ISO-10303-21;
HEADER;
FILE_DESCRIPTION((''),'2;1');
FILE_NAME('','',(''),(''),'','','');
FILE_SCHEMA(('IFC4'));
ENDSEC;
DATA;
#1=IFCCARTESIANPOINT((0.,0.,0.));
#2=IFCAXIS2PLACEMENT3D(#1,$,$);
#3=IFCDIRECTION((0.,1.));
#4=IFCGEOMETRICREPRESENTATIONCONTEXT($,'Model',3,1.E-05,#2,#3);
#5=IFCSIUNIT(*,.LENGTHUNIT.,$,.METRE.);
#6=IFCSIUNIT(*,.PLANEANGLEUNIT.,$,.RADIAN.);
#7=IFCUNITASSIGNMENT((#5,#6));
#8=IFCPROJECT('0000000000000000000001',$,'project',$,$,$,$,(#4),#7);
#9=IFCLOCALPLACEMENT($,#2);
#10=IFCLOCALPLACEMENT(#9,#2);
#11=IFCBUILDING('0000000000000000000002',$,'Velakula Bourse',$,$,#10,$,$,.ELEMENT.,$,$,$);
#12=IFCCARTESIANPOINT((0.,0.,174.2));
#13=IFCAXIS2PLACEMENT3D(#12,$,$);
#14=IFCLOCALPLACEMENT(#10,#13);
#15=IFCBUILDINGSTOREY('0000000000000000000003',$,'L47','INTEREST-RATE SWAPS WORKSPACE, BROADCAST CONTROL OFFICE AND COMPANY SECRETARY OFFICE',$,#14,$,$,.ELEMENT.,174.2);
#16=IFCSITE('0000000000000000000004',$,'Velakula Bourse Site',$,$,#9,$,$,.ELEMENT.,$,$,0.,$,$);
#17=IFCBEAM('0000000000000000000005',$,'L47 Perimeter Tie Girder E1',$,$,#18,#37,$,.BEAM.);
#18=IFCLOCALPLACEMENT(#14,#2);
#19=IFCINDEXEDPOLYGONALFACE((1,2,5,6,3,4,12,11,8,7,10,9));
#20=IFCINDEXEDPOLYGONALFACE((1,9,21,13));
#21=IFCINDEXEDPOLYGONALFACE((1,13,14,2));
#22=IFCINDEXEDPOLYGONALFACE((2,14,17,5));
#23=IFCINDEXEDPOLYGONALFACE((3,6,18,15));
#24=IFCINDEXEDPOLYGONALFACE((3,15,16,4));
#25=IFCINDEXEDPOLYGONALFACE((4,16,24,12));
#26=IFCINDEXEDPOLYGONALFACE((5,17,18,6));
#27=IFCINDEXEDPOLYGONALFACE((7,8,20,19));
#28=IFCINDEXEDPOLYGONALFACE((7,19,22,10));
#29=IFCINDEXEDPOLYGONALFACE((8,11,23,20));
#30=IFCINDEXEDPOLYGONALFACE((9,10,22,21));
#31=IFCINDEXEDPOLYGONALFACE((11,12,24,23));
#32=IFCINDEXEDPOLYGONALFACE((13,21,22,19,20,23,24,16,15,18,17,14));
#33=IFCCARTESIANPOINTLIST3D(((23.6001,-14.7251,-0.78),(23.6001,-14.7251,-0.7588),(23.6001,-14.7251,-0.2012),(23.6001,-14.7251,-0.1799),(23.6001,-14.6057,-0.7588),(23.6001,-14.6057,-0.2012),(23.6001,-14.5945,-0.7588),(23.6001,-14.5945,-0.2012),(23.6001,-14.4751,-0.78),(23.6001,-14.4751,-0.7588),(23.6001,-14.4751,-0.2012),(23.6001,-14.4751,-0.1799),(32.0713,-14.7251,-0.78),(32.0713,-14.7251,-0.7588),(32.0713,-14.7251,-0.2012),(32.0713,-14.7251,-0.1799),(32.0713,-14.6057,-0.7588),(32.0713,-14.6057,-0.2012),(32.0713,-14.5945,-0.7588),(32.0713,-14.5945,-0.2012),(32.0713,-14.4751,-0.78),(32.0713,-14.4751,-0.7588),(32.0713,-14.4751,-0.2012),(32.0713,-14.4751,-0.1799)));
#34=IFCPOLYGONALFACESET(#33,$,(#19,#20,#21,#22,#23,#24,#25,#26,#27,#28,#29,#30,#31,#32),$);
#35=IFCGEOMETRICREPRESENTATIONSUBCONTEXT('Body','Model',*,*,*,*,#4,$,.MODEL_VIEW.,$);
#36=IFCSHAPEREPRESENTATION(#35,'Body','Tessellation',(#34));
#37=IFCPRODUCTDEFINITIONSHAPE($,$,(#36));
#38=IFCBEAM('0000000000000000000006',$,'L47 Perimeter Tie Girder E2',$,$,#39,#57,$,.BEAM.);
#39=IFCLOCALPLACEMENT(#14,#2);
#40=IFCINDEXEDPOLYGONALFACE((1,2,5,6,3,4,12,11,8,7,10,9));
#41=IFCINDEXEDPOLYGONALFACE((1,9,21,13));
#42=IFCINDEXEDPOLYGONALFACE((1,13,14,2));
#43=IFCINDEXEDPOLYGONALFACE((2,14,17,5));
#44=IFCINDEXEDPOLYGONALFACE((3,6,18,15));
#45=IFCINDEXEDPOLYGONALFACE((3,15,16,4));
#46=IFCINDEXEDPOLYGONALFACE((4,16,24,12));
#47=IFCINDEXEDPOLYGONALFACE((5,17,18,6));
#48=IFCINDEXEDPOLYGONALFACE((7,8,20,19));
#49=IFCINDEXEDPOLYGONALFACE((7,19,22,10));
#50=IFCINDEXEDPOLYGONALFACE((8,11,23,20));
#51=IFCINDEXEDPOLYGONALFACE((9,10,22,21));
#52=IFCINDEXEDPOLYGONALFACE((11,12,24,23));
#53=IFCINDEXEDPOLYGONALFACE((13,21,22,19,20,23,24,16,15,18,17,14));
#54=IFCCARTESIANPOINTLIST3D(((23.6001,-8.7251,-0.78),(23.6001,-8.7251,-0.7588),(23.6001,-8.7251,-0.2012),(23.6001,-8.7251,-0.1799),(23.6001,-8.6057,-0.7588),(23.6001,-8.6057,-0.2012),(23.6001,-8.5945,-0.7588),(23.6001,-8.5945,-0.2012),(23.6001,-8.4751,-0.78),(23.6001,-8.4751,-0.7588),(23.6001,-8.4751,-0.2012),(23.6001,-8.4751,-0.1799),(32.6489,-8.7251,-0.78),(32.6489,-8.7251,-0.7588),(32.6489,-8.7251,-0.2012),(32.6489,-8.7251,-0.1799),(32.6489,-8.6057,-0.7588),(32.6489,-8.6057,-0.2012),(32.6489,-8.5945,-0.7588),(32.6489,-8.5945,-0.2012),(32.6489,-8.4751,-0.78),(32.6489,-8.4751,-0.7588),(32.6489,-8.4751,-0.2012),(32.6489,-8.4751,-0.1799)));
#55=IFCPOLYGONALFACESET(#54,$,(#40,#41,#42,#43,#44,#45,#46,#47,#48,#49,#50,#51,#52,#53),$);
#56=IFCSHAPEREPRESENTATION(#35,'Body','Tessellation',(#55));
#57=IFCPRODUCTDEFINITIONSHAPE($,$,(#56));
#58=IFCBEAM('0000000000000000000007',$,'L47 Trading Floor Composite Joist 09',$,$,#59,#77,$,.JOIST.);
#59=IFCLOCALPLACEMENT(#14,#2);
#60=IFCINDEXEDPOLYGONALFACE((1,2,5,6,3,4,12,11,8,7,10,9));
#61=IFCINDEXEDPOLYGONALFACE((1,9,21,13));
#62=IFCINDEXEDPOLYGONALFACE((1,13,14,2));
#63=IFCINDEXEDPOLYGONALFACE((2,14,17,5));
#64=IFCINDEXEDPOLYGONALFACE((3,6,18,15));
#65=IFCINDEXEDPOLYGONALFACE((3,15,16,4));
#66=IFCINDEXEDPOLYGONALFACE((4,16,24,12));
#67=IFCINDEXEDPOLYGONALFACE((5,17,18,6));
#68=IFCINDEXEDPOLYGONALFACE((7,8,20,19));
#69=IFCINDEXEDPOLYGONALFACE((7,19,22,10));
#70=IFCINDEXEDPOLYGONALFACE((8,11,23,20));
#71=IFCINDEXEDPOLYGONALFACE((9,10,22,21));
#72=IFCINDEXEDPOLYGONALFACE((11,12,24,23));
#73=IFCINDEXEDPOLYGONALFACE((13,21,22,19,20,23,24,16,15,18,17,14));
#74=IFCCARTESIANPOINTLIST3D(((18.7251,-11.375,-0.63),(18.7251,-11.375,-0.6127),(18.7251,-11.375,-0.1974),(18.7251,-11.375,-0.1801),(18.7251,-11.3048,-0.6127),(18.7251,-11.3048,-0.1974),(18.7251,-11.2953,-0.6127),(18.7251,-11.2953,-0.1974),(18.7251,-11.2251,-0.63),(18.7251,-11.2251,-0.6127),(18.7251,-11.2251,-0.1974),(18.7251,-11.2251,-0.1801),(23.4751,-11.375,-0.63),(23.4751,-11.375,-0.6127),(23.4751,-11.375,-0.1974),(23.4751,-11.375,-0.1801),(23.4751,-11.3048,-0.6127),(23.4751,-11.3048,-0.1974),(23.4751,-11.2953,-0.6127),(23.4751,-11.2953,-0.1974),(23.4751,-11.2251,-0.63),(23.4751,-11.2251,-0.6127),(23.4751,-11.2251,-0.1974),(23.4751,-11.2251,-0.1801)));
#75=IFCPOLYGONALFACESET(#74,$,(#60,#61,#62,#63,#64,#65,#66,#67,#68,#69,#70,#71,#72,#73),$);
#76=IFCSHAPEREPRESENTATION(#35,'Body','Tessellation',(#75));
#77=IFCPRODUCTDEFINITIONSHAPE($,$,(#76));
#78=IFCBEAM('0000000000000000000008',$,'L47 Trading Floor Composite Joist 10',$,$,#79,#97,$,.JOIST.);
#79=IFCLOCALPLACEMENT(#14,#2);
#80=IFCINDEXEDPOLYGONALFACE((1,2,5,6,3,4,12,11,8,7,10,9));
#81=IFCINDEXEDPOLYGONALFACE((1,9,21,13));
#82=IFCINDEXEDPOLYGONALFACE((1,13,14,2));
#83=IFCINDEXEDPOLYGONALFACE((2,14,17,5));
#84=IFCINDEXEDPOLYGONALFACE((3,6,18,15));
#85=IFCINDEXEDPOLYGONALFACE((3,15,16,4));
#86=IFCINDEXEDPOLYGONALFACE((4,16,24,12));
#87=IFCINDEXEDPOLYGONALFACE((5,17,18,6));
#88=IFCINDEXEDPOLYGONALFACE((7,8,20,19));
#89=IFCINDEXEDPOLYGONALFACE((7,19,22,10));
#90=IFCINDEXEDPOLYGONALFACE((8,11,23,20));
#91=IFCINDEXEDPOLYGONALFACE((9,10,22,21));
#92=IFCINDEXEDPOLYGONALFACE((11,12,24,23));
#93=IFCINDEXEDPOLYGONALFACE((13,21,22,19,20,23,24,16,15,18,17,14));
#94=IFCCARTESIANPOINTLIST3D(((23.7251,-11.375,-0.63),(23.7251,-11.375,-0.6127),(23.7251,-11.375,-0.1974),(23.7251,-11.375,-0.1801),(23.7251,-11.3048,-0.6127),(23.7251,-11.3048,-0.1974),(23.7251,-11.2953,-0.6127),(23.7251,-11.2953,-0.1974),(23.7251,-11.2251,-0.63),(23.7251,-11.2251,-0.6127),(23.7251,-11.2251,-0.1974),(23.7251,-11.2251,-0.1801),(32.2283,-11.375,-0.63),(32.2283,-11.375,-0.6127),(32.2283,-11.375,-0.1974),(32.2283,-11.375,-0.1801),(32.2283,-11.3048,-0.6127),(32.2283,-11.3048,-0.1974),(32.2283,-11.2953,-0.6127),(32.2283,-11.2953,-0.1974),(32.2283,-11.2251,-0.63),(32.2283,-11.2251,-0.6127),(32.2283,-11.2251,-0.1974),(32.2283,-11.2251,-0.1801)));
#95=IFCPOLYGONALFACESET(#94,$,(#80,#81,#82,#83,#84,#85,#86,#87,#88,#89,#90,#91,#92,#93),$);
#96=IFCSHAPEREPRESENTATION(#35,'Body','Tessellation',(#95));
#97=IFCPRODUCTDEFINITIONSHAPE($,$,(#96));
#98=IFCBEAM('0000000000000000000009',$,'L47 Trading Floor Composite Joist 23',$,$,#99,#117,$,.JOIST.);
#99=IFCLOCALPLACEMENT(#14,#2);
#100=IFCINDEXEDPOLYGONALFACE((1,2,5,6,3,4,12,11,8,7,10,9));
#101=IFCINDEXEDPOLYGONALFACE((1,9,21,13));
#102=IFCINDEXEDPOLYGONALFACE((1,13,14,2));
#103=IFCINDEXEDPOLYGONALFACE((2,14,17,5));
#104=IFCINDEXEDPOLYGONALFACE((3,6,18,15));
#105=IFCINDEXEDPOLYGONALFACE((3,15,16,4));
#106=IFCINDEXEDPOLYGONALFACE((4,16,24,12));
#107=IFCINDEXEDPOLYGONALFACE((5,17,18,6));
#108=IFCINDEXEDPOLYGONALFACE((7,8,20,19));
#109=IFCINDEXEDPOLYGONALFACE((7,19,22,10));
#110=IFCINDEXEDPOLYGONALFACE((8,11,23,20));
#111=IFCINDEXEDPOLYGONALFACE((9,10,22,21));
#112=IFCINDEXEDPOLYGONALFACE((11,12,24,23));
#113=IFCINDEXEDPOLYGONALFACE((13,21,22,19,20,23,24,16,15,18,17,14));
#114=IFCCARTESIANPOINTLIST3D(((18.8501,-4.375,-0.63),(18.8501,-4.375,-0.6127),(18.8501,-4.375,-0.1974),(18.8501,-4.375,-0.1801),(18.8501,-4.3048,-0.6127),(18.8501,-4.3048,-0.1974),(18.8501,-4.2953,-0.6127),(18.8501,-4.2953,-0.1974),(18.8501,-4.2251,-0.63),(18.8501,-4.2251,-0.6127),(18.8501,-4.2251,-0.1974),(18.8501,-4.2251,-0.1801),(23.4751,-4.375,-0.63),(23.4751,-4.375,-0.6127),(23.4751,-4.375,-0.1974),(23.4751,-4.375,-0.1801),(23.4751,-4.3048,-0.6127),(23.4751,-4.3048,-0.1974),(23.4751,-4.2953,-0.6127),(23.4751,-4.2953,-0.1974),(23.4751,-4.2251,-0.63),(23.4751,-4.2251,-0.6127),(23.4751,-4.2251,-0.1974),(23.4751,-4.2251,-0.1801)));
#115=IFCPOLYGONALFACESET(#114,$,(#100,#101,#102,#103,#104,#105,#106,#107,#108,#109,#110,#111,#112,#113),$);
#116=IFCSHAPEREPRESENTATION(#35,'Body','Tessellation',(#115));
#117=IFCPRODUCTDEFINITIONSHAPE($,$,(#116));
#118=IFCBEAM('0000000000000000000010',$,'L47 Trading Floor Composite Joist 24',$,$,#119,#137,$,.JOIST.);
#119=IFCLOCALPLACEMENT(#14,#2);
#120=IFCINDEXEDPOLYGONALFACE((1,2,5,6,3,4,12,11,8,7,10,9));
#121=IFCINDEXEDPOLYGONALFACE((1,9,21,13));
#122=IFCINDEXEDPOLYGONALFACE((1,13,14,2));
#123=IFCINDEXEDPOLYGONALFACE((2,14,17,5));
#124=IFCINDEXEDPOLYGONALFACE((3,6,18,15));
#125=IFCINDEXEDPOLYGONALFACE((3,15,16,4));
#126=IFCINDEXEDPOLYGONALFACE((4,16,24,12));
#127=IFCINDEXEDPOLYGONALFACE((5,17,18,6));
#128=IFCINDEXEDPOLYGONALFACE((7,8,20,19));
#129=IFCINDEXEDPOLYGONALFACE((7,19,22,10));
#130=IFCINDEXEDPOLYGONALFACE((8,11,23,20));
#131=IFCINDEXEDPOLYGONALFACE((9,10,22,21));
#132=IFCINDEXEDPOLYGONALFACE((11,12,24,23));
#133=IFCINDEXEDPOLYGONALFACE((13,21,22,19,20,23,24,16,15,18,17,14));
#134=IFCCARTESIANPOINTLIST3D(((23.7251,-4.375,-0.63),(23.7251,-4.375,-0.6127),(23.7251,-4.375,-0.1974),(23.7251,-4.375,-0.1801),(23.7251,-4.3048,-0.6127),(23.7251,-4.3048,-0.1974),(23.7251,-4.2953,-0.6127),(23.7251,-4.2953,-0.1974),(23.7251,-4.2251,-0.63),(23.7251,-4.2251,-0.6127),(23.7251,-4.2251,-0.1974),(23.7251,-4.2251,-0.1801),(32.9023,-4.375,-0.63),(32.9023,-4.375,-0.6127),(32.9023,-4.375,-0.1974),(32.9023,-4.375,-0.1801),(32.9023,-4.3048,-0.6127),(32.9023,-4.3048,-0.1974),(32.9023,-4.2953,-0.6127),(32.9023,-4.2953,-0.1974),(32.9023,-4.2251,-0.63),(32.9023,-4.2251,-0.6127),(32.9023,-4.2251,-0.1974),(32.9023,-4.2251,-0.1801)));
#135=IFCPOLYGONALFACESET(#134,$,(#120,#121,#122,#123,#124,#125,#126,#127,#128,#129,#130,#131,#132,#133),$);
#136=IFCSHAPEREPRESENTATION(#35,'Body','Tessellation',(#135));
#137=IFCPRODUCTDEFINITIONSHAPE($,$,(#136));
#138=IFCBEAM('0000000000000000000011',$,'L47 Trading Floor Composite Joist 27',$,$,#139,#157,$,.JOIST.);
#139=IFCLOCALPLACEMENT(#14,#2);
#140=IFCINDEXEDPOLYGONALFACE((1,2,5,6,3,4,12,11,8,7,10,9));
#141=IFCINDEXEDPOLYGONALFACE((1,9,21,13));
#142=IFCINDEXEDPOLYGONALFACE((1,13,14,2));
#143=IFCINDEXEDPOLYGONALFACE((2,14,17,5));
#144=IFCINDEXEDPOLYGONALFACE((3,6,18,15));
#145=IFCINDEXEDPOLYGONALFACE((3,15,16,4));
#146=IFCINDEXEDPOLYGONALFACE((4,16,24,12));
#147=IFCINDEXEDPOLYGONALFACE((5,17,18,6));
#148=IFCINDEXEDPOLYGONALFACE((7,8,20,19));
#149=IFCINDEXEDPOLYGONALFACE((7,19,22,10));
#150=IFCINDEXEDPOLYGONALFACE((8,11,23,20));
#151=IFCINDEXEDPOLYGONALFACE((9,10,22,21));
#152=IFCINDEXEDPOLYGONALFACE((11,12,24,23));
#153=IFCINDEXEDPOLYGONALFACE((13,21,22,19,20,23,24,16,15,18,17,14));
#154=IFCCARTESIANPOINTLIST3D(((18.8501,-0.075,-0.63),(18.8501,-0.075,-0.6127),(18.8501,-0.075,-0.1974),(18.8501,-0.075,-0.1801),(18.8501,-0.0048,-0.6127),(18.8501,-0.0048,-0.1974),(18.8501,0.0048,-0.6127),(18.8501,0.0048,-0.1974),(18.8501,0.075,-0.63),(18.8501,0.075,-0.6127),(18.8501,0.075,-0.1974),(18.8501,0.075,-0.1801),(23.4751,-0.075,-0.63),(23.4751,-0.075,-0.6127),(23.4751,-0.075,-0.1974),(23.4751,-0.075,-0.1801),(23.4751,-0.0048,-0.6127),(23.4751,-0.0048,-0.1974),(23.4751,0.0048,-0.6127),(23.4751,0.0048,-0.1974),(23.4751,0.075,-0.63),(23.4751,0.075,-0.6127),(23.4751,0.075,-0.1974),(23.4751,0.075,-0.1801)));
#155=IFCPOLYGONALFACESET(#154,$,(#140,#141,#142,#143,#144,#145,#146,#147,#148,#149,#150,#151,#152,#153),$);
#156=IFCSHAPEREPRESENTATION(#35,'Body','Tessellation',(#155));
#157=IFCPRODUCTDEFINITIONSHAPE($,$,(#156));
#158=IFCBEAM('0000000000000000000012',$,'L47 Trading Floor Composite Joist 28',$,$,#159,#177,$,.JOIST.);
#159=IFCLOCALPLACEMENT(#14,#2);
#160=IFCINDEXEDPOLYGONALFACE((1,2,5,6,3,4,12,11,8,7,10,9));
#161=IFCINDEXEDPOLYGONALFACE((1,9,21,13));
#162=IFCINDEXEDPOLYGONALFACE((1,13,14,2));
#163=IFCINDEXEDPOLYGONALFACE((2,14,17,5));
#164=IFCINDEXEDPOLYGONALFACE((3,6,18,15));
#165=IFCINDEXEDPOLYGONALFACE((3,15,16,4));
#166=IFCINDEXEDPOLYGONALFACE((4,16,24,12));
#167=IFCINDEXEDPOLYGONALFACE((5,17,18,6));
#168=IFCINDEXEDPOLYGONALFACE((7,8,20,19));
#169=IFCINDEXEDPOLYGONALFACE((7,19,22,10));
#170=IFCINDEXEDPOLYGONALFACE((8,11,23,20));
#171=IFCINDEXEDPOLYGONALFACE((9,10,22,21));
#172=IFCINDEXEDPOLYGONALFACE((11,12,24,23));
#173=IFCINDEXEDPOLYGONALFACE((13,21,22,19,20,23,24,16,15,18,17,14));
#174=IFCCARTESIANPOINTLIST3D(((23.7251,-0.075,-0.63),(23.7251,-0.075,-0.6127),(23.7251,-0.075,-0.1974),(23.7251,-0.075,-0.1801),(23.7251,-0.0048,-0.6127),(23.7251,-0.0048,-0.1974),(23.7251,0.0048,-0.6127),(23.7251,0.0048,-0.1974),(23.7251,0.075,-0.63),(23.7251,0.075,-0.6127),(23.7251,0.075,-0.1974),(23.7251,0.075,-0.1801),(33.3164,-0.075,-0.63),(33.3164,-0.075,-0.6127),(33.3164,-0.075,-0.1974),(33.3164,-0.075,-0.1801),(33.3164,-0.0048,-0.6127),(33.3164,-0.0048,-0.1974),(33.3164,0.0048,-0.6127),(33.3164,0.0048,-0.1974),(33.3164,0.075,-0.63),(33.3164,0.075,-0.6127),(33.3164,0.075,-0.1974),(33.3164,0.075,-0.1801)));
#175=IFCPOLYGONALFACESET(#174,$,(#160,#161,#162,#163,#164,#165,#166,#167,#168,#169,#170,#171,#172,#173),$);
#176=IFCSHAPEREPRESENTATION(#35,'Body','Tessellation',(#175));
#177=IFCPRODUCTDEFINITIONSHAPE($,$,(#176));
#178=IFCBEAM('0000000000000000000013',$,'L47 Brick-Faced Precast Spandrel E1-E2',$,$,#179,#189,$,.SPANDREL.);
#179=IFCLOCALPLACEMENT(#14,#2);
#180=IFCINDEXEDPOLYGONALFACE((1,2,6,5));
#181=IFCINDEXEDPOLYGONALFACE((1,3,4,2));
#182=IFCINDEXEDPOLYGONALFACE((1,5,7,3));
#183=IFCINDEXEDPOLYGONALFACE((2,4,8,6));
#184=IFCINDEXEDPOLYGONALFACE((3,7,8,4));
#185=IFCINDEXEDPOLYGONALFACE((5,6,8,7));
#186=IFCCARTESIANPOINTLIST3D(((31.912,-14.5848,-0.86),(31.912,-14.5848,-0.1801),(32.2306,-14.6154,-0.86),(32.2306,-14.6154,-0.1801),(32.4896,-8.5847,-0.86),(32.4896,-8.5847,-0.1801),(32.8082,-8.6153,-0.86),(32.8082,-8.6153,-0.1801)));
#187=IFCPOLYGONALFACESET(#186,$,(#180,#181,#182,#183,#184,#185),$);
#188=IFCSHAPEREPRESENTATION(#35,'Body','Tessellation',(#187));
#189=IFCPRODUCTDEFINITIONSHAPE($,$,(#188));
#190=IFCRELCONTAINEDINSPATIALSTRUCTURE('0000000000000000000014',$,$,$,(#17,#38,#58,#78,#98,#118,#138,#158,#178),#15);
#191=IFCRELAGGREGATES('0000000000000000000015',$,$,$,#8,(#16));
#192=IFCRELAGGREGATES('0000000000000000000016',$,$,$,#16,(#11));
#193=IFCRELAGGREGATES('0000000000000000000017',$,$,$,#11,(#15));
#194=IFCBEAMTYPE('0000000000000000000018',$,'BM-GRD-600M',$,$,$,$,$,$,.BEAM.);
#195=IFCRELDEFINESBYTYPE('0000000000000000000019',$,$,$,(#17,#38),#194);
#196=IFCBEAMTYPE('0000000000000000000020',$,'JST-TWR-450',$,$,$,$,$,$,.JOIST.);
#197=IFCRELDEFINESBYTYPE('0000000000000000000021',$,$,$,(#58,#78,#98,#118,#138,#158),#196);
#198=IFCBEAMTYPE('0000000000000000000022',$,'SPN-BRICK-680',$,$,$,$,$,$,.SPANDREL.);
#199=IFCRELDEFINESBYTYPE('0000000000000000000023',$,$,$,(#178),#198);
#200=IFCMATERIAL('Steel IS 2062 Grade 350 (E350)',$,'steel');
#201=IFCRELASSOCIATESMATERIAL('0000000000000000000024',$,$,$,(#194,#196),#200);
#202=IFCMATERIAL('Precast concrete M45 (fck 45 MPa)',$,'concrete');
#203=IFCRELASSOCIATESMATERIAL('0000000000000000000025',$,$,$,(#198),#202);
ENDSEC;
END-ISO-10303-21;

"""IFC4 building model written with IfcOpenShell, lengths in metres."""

from ifc_helpers import new_model, si_unit, direction, frame, origin, origin_2d, place, context, subcontext, project, spatial, rectangle, i_section, extrude, material, material_profile, profile_set, type_object, element, save


model = new_model("IFC4")

# Units and contexts
model_context = context("Model", 3, precision=1e-05, world=origin(), true_north=direction((0.0, 1.0)))
body_context = subcontext(model_context, "Body", "Model", "MODEL_VIEW")
ifc_project = project(units=[si_unit("LENGTHUNIT", "METRE"), si_unit("PLANEANGLEUNIT", "RADIAN")], contexts=[model_context])

# Site, building, storey
site_placement = place(None, origin())
site = spatial("IfcSite", under=ifc_project, at=site_placement, Name="Velakula Bourse Site", CompositionType="ELEMENT", RefElevation=0.0)
building_placement = place(site_placement, origin())
building = spatial("IfcBuilding", under=site, at=building_placement, Name="Velakula Bourse", CompositionType="ELEMENT")
storey_placement = place(building_placement, frame((0.0, 0.0, 174.2)))
storey = spatial("IfcBuildingStorey", under=building, at=storey_placement, Name="L47", Description="INTEREST-RATE SWAPS WORKSPACE, BROADCAST CONTROL OFFICE AND COMPANY SECRETARY OFFICE", CompositionType="ELEMENT", Elevation=174.2)

# Shared definitions
ifc_material_1 = material(Name="Steel IS 2062 Grade 350 (E350)", Category="steel")

# Beams
ifc_material_profile_1 = material_profile(ifc_material_1, i_section(OverallWidth=0.25, OverallDepth=0.6001, WebThickness=0.0112, FlangeThickness=0.0212, at=origin_2d()), Name="Steel IS 2062 Grade 350 (E350)")
ifc_profile_set_1 = profile_set([ifc_material_profile_1], Name="Steel IS 2062 Grade 350 (E350)")
beam_type_1 = type_object("IfcBeamType", Name="BM-GRD-600M", PredefinedType="BEAM", material=ifc_profile_set_1)
beam_1_placement = place(storey_placement, frame((23.6001, -14.6001, -0.48), z_axis=(1.0, 0.0, 0.0), x_axis=(0.0, 1.0, 0.0)))
element("IfcBeam", 1, at=beam_1_placement, inside=storey, type_object=beam_type_1, Name="L47 Perimeter Tie Girder E1", PredefinedType="BEAM", context=body_context, shape_type="SweptSolid", body=[
    extrude(i_section(OverallWidth=0.25, OverallDepth=0.6001, WebThickness=0.0112, FlangeThickness=0.0212, at=origin_2d()), origin(), (0.0, 0.0, 1.0), 8.4712),
])
beam_2_placement = place(storey_placement, frame((23.6001, -8.6001, -0.48), z_axis=(1.0, 0.0, 0.0), x_axis=(0.0, 1.0, 0.0)))
element("IfcBeam", 2, at=beam_2_placement, inside=storey, type_object=beam_type_1, Name="L47 Perimeter Tie Girder E2", PredefinedType="BEAM", context=body_context, shape_type="SweptSolid", body=[
    extrude(i_section(OverallWidth=0.25, OverallDepth=0.6001, WebThickness=0.0112, FlangeThickness=0.0212, at=origin_2d()), origin(), (0.0, 0.0, 1.0), 9.0488),
])
ifc_material_profile_2 = material_profile(ifc_material_1, i_section(OverallWidth=0.1499, OverallDepth=0.45, WebThickness=0.0095, FlangeThickness=0.0173, at=origin_2d()), Name="Steel IS 2062 Grade 350 (E350)")
ifc_profile_set_2 = profile_set([ifc_material_profile_2], Name="Steel IS 2062 Grade 350 (E350)")
beam_type_2 = type_object("IfcBeamType", Name="JST-TWR-450", PredefinedType="JOIST", material=ifc_profile_set_2)
beam_3_placement = place(storey_placement, frame((18.7251, -11.3, -0.405), z_axis=(1.0, 0.0, 0.0), x_axis=(0.0, 1.0, 0.0)))
element("IfcBeam", 3, at=beam_3_placement, inside=storey, type_object=beam_type_2, Name="L47 Trading Floor Composite Joist 09", PredefinedType="JOIST", context=body_context, shape_type="SweptSolid", body=[
    extrude(i_section(OverallWidth=0.1499, OverallDepth=0.45, WebThickness=0.0095, FlangeThickness=0.0173, at=origin_2d()), origin(), (0.0, 0.0, 1.0), 4.75),
])
beam_4_placement = place(storey_placement, frame((23.7251, -11.3, -0.405), z_axis=(1.0, 0.0, 0.0), x_axis=(0.0, 1.0, 0.0)))
element("IfcBeam", 4, at=beam_4_placement, inside=storey, type_object=beam_type_2, Name="L47 Trading Floor Composite Joist 10", PredefinedType="JOIST", context=body_context, shape_type="SweptSolid", body=[
    extrude(i_section(OverallWidth=0.1499, OverallDepth=0.45, WebThickness=0.0095, FlangeThickness=0.0173, at=origin_2d()), origin(), (0.0, 0.0, 1.0), 8.5032),
])
beam_5_placement = place(storey_placement, frame((18.8501, -4.3, -0.405), z_axis=(1.0, 0.0, 0.0), x_axis=(0.0, 1.0, 0.0)))
element("IfcBeam", 5, at=beam_5_placement, inside=storey, type_object=beam_type_2, Name="L47 Trading Floor Composite Joist 23", PredefinedType="JOIST", context=body_context, shape_type="SweptSolid", body=[
    extrude(i_section(OverallWidth=0.1499, OverallDepth=0.45, WebThickness=0.0095, FlangeThickness=0.0173, at=origin_2d()), origin(), (0.0, 0.0, 1.0), 4.625),
])
beam_6_placement = place(storey_placement, frame((23.7251, -4.3, -0.405), z_axis=(1.0, 0.0, 0.0), x_axis=(0.0, 1.0, 0.0)))
element("IfcBeam", 6, at=beam_6_placement, inside=storey, type_object=beam_type_2, Name="L47 Trading Floor Composite Joist 24", PredefinedType="JOIST", context=body_context, shape_type="SweptSolid", body=[
    extrude(i_section(OverallWidth=0.1499, OverallDepth=0.45, WebThickness=0.0095, FlangeThickness=0.0173, at=origin_2d()), origin(), (0.0, 0.0, 1.0), 9.1772),
])
beam_7_placement = place(storey_placement, frame((18.8501, 0.0, -0.405), z_axis=(1.0, 0.0, 0.0), x_axis=(0.0, 1.0, 0.0)))
element("IfcBeam", 7, at=beam_7_placement, inside=storey, type_object=beam_type_2, Name="L47 Trading Floor Composite Joist 27", PredefinedType="JOIST", context=body_context, shape_type="SweptSolid", body=[
    extrude(i_section(OverallWidth=0.1499, OverallDepth=0.45, WebThickness=0.0095, FlangeThickness=0.0173, at=origin_2d()), origin(), (0.0, 0.0, 1.0), 4.625),
])
beam_8_placement = place(storey_placement, frame((23.7251, 0.0, -0.405), z_axis=(1.0, 0.0, 0.0), x_axis=(0.0, 1.0, 0.0)))
element("IfcBeam", 8, at=beam_8_placement, inside=storey, type_object=beam_type_2, Name="L47 Trading Floor Composite Joist 28", PredefinedType="JOIST", context=body_context, shape_type="SweptSolid", body=[
    extrude(i_section(OverallWidth=0.1499, OverallDepth=0.45, WebThickness=0.0095, FlangeThickness=0.0173, at=origin_2d()), origin(), (0.0, 0.0, 1.0), 9.5913),
])
ifc_material_2 = material(Name="Precast concrete M45 (fck 45 MPa)", Category="concrete")
ifc_material_profile_3 = material_profile(ifc_material_2, rectangle(XDim=0.3201, YDim=0.6799, at=origin_2d()), Name="Precast concrete M45 (fck 45 MPa)")
ifc_profile_set_3 = profile_set([ifc_material_profile_3], Name="Precast concrete M45 (fck 45 MPa)")
beam_type_3 = type_object("IfcBeamType", Name="SPN-BRICK-680", PredefinedType="SPANDREL", material=ifc_profile_set_3)
beam_9_placement = place(storey_placement, frame((32.0713, -14.6001, -0.52), z_axis=(0.09583, 0.995398, 0.0), x_axis=(-0.995398, 0.09583, 0.0)))
element("IfcBeam", 9, at=beam_9_placement, inside=storey, type_object=beam_type_3, Name="L47 Brick-Faced Precast Spandrel E1-E2", PredefinedType="SPANDREL", context=body_context, shape_type="SweptSolid", body=[
    extrude(rectangle(XDim=0.3201, YDim=0.6799, at=origin_2d()), origin(), (0.0, 0.0, 1.0), 6.0278),
])

save(model, "model.ifc")
